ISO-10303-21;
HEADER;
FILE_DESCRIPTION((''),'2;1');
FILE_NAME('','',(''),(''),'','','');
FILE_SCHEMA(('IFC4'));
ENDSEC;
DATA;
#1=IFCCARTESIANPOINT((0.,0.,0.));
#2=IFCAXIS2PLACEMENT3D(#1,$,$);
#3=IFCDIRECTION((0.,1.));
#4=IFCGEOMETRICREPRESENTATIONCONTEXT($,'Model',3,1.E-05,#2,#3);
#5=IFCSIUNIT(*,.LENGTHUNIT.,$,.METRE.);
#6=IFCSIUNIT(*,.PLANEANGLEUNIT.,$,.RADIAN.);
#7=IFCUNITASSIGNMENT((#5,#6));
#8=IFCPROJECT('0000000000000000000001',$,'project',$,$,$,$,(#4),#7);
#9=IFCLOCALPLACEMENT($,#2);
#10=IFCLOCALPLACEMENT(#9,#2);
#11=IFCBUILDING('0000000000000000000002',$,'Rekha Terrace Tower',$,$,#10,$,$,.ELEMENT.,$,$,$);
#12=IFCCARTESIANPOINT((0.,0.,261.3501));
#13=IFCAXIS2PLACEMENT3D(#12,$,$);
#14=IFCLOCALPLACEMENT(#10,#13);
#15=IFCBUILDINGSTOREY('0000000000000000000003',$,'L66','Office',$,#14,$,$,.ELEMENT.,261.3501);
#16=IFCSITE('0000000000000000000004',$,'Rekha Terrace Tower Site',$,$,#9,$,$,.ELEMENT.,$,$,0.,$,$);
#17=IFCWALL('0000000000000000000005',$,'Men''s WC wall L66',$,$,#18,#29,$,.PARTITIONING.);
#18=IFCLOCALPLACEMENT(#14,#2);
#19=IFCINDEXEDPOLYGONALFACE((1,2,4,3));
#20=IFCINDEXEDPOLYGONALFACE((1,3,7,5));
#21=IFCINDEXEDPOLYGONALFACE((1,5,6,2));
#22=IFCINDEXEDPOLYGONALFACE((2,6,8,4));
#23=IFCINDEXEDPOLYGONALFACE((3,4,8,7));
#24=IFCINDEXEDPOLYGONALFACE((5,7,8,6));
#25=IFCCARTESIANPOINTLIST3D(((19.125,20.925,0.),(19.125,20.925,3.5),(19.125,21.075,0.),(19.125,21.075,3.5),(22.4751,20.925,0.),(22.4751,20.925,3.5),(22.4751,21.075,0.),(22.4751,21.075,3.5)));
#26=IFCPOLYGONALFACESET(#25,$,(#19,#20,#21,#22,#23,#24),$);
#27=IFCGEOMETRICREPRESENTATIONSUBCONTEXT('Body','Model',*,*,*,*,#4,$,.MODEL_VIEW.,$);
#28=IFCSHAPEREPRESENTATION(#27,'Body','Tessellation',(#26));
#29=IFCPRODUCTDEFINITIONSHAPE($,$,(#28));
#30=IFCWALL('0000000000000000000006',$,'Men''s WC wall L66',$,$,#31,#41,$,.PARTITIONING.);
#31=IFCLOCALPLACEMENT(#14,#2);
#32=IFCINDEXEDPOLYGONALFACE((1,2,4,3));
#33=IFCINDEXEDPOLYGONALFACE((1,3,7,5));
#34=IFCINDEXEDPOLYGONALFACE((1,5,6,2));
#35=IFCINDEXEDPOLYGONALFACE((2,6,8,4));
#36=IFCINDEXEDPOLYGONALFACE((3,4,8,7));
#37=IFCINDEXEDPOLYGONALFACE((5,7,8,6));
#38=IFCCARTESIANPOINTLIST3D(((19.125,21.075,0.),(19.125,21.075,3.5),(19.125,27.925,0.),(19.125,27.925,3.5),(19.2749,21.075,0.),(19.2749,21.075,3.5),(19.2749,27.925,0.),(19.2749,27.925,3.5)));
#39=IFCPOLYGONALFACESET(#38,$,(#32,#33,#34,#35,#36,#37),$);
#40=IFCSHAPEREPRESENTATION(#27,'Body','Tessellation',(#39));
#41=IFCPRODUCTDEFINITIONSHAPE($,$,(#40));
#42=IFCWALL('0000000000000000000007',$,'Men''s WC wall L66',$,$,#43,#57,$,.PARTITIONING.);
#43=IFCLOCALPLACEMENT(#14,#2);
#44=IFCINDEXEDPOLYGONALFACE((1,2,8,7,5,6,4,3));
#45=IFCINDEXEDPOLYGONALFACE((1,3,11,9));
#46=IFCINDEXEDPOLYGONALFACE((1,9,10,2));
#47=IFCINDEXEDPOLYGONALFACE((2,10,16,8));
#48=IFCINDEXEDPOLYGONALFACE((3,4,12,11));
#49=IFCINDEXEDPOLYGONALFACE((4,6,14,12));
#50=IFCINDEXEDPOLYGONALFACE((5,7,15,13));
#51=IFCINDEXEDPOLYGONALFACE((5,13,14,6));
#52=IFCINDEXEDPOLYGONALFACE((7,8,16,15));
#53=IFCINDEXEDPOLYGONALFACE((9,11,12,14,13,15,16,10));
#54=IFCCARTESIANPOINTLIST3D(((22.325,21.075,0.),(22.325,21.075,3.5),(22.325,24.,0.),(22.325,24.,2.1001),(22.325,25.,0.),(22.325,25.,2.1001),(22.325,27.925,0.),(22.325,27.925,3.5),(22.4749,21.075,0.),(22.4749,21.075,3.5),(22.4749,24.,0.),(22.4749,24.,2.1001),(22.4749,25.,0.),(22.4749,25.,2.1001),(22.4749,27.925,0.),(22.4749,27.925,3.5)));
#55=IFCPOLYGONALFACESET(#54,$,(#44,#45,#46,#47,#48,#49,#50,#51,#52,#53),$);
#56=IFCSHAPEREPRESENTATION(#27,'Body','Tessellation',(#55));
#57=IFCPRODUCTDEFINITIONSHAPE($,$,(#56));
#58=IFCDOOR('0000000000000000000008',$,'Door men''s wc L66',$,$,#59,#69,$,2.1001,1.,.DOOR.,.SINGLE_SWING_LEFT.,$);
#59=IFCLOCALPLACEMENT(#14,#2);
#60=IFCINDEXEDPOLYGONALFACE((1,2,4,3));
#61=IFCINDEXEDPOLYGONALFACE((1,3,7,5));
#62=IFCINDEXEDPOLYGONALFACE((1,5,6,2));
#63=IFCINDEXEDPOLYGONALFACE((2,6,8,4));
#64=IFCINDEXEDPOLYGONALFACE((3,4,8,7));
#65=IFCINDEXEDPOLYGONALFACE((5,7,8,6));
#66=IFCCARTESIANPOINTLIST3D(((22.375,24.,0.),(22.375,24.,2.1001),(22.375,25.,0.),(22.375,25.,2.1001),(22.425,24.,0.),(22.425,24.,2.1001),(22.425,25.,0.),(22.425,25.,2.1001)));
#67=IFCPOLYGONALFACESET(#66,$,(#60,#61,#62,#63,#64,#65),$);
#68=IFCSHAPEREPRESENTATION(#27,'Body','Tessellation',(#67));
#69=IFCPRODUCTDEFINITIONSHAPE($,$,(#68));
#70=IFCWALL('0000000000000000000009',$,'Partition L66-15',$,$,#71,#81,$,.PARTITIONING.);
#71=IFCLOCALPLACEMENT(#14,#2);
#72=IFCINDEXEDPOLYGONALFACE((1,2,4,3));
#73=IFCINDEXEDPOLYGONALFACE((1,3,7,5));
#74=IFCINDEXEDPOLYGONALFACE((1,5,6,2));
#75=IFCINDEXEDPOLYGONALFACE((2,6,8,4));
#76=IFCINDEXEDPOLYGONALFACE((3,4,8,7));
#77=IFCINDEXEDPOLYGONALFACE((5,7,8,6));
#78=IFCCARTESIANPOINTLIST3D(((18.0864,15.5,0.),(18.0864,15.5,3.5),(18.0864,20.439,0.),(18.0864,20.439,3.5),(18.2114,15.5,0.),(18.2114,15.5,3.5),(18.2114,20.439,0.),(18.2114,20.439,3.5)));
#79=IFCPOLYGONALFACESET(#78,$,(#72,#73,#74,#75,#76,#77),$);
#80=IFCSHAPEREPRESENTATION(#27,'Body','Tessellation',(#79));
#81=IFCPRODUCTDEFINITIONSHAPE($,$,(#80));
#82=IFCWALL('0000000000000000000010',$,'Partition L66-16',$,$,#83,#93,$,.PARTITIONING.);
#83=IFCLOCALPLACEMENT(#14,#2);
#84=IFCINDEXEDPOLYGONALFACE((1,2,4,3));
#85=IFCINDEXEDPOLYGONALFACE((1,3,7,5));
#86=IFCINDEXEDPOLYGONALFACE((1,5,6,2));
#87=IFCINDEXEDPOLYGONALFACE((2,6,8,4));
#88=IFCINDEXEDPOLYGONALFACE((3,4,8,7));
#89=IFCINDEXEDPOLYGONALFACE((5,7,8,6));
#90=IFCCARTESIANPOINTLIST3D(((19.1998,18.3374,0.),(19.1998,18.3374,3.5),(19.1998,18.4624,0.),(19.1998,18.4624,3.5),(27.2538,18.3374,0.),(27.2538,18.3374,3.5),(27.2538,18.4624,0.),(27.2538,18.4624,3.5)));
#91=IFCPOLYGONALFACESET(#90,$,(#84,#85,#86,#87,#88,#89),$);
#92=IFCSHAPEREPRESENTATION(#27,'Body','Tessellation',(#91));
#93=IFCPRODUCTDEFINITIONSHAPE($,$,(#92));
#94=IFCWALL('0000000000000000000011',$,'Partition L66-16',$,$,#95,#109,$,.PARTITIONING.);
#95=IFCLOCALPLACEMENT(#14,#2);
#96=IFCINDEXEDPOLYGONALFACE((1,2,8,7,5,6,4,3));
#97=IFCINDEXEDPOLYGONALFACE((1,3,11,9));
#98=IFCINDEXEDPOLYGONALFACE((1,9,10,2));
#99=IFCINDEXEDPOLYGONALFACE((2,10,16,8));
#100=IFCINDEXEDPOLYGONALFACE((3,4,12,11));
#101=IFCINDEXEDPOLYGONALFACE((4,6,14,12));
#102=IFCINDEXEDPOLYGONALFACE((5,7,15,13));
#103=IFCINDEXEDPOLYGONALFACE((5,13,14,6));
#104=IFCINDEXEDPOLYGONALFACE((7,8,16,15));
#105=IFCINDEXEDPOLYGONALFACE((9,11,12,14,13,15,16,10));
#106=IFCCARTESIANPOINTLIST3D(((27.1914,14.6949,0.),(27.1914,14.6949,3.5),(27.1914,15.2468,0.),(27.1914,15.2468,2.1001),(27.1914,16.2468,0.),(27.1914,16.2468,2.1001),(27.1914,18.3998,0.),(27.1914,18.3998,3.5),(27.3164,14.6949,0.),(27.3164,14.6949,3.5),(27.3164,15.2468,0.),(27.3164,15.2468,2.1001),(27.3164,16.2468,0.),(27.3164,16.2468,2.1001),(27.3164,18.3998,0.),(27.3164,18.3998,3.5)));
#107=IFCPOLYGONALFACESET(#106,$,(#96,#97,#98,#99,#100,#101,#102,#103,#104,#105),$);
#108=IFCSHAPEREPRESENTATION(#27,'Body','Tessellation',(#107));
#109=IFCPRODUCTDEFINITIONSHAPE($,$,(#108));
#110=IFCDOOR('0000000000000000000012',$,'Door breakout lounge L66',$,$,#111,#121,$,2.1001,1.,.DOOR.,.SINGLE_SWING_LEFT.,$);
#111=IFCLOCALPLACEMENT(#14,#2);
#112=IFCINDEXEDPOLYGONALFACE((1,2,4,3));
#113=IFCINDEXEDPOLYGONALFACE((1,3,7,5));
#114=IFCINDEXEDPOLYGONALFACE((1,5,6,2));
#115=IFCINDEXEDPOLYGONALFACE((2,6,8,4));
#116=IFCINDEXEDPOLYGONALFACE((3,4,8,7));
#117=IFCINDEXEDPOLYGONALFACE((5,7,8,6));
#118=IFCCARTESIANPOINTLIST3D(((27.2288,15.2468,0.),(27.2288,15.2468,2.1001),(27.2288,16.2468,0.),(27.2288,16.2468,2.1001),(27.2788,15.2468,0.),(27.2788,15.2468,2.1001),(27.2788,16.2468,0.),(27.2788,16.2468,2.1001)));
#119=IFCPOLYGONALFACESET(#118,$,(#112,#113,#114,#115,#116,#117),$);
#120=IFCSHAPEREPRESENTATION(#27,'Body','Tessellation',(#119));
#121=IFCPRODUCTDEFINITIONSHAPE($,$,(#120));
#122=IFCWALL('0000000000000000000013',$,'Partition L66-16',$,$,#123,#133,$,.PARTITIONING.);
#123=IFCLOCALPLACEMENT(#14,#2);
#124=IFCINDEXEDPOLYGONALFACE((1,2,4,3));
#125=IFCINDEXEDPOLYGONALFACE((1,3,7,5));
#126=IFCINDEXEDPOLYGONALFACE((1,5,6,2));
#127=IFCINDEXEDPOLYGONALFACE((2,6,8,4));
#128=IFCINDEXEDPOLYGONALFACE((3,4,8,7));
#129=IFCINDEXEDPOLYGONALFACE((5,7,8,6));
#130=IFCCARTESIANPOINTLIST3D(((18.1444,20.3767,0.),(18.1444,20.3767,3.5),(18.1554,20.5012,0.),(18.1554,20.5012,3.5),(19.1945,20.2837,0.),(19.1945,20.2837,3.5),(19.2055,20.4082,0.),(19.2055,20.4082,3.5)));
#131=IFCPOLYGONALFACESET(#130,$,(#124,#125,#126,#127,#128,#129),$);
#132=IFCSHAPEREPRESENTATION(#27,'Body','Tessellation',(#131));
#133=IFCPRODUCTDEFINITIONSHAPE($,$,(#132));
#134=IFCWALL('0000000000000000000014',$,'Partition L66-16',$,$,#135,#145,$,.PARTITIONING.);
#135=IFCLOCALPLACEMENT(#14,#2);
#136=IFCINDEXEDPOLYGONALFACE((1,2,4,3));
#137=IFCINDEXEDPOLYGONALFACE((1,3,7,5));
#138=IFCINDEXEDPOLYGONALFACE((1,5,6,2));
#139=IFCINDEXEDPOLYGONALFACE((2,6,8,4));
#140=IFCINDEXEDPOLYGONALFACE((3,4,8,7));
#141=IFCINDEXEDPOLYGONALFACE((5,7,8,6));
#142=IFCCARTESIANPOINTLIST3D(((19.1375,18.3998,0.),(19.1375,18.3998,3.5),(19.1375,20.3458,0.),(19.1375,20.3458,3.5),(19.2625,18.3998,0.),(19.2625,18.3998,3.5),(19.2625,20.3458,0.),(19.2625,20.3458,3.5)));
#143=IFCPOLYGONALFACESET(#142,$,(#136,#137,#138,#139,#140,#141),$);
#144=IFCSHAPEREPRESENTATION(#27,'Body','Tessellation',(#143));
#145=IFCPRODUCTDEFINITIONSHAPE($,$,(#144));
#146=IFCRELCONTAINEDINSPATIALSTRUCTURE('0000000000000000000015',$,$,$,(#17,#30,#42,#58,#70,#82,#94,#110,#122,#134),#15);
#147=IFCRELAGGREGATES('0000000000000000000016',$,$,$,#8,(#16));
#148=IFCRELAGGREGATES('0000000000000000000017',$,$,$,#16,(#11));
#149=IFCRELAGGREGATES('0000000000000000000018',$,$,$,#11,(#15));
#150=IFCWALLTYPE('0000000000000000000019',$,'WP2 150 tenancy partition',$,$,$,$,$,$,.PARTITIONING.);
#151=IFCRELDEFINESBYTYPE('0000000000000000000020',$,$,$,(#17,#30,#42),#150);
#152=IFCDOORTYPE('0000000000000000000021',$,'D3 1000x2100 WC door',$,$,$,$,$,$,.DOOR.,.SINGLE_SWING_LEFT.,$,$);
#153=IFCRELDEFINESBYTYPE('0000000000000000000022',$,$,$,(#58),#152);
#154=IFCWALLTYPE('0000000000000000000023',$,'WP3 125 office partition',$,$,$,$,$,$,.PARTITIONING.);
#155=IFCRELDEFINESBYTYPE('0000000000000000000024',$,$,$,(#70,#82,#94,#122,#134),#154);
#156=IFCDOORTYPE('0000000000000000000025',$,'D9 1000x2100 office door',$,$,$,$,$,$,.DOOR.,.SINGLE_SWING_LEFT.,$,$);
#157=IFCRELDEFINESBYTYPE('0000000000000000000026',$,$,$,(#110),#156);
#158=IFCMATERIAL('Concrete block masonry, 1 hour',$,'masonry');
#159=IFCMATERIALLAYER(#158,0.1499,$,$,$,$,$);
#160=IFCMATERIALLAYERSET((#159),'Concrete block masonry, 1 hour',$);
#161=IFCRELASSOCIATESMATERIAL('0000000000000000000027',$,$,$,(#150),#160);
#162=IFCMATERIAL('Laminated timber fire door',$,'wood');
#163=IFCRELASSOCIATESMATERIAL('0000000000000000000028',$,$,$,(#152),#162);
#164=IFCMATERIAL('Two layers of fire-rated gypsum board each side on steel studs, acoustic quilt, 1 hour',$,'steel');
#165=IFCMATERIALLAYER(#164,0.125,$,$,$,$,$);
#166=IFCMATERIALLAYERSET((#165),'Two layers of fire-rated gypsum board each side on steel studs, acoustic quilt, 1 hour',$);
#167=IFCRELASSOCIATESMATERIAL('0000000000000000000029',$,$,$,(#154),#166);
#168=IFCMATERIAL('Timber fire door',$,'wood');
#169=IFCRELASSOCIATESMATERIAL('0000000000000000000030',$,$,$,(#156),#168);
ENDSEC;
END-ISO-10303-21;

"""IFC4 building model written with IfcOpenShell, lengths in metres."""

from ifc_helpers import new_model, si_unit, direction, frame, frame_2d, origin, place, context, subcontext, project, spatial, rectangle, extrude, material, layer, layer_set, type_object, element, fill, save


model = new_model("IFC4")

# Units and contexts
model_context = context("Model", 3, precision=1e-05, world=origin(), true_north=direction((0.0, 1.0)))
body_context = subcontext(model_context, "Body", "Model", "MODEL_VIEW")
ifc_project = project(units=[si_unit("LENGTHUNIT", "METRE"), si_unit("PLANEANGLEUNIT", "RADIAN")], contexts=[model_context])

# Site, building, storey
site_placement = place(None, origin())
site = spatial("IfcSite", under=ifc_project, at=site_placement, Name="Rekha Terrace Tower Site", CompositionType="ELEMENT", RefElevation=0.0)
building_placement = place(site_placement, origin())
building = spatial("IfcBuilding", under=site, at=building_placement, Name="Rekha Terrace Tower", CompositionType="ELEMENT")
storey_placement = place(building_placement, frame((0.0, 0.0, 261.3501)))
storey = spatial("IfcBuildingStorey", under=building, at=storey_placement, Name="L66", Description="Office", CompositionType="ELEMENT", Elevation=261.3501)

# Walls
ifc_material_1 = material(Name="Concrete block masonry, 1 hour", Category="masonry")
ifc_layer_1 = layer(ifc_material_1, 0.1499)
ifc_layer_set_1 = layer_set([ifc_layer_1], Name="Concrete block masonry, 1 hour")
wall_type_1 = type_object("IfcWallType", Name="WP2 150 tenancy partition", PredefinedType="PARTITIONING", material=ifc_layer_set_1)
wall_1_placement = place(storey_placement, frame((19.125, 21.0, 0.0), z_axis=(0.0, 0.0, 1.0), x_axis=(1.0, 0.0, 0.0)))
element("IfcWall", 1, at=wall_1_placement, inside=storey, type_object=wall_type_1, Name="Men's WC wall L66", PredefinedType="PARTITIONING", context=body_context, shape_type="SweptSolid", body=[
    extrude(rectangle(XDim=3.3501, YDim=0.1499, at=frame_2d((1.675, 0.0))), origin(), (0.0, 0.0, 1.0), 3.5),
])
wall_2_placement = place(storey_placement, frame((19.2, 21.075, 0.0), z_axis=(0.0, 0.0, 1.0), x_axis=(0.0, 1.0, 0.0)))
element("IfcWall", 2, at=wall_2_placement, inside=storey, type_object=wall_type_1, Name="Men's WC wall L66", PredefinedType="PARTITIONING", context=body_context, shape_type="SweptSolid", body=[
    extrude(rectangle(XDim=6.8501, YDim=0.1499, at=frame_2d((3.425, 0.0))), origin(), (0.0, 0.0, 1.0), 3.5),
])

# Wall, opening, door
wall_3_placement = place(storey_placement, frame((22.3999, 21.075, 0.0), z_axis=(0.0, 0.0, 1.0), x_axis=(0.0, 1.0, 0.0)))
wall_3 = element("IfcWall", 3, at=wall_3_placement, inside=storey, type_object=wall_type_1, Name="Men's WC wall L66", PredefinedType="PARTITIONING", context=body_context, shape_type="SweptSolid", body=[
    extrude(rectangle(XDim=6.8501, YDim=0.1499, at=frame_2d((3.425, 0.0))), origin(), (0.0, 0.0, 1.0), 3.5),
])
opening_1_placement = place(wall_3_placement, frame((2.925, 0.0, 0.0)))
opening_1 = element("IfcOpeningElement", 4, at=opening_1_placement, cuts=wall_3, PredefinedType="OPENING", context=body_context, shape_type="SweptSolid", body=[
    extrude(rectangle(XDim=1.0, YDim=2.1001, at=frame_2d((0.5, 1.05))), frame((0.0, 0.085, 0.0), z_axis=(0.0, -1.0, 0.0), x_axis=(1.0, 0.0, 0.0)), (0.0, 0.0, 1.0), 0.1699),
])
ifc_material_2 = material(Name="Laminated timber fire door", Category="wood")
door_type_1 = type_object("IfcDoorType", Name="D3 1000x2100 WC door", OperationType="SINGLE_SWING_LEFT", PredefinedType="DOOR", material=ifc_material_2)
door_1_placement = place(opening_1_placement, origin())
door_1 = element("IfcDoor", 5, at=door_1_placement, inside=storey, type_object=door_type_1, Name="Door men's wc L66", OperationType="SINGLE_SWING_LEFT", OverallHeight=2.1001, OverallWidth=1.0, PredefinedType="DOOR", context=body_context, shape_type="SweptSolid", body=[
    extrude(rectangle(XDim=1.0, YDim=2.1001, at=frame_2d((0.5, 1.05))), frame((0.0, 0.0249, 0.0), z_axis=(0.0, -1.0, 0.0), x_axis=(1.0, 0.0, 0.0)), (0.0, 0.0, 1.0), 0.05),
])
fill(opening_1, door_1)

# Walls
ifc_material_3 = material(Name="Two layers of fire-rated gypsum board each side on steel studs, acoustic quilt, 1 hour", Category="steel")
ifc_layer_2 = layer(ifc_material_3, 0.125)
ifc_layer_set_2 = layer_set([ifc_layer_2], Name="Two layers of fire-rated gypsum board each side on steel studs, acoustic quilt, 1 hour")
wall_type_2 = type_object("IfcWallType", Name="WP3 125 office partition", PredefinedType="PARTITIONING", material=ifc_layer_set_2)
wall_4_placement = place(storey_placement, frame((18.1489, 20.439, 0.0), z_axis=(0.0, 0.0, 1.0), x_axis=(0.0, -1.0, 0.0)))
element("IfcWall", 6, at=wall_4_placement, inside=storey, type_object=wall_type_2, Name="Partition L66-15", PredefinedType="PARTITIONING", context=body_context, shape_type="SweptSolid", body=[
    extrude(rectangle(XDim=4.939, YDim=0.125, at=frame_2d((2.4695, 0.0))), origin(), (0.0, 0.0, 1.0), 3.5),
])
wall_5_placement = place(storey_placement, frame((19.2, 18.3999, 0.0), z_axis=(0.0, 0.0, 1.0), x_axis=(1.0, 0.0, 0.0)))
element("IfcWall", 7, at=wall_5_placement, inside=storey, type_object=wall_type_2, Name="Partition L66-16", PredefinedType="PARTITIONING", context=body_context, shape_type="SweptSolid", body=[
    extrude(rectangle(XDim=8.054, YDim=0.125, at=frame_2d((4.0269, 0.0))), origin(), (0.0, 0.0, 1.0), 3.5),
])

# Wall, opening, door
wall_6_placement = place(storey_placement, frame((27.2539, 18.3999, 0.0), z_axis=(0.0, 0.0, 1.0), x_axis=(0.0, -1.0, 0.0)))
wall_6 = element("IfcWall", 8, at=wall_6_placement, inside=storey, type_object=wall_type_2, Name="Partition L66-16", PredefinedType="PARTITIONING", context=body_context, shape_type="SweptSolid", body=[
    extrude(rectangle(XDim=3.7048, YDim=0.125, at=frame_2d((1.8525, 0.0))), origin(), (0.0, 0.0, 1.0), 3.5),
])
opening_2_placement = place(wall_6_placement, frame((2.1531, 0.0, 0.0)))
opening_2 = element("IfcOpeningElement", 9, at=opening_2_placement, cuts=wall_6, PredefinedType="OPENING", context=body_context, shape_type="SweptSolid", body=[
    extrude(rectangle(XDim=1.0, YDim=2.1001, at=frame_2d((0.5, 1.05))), frame((0.0, 0.0725, 0.0), z_axis=(0.0, -1.0, 0.0), x_axis=(1.0, 0.0, 0.0)), (0.0, 0.0, 1.0), 0.145),
])
ifc_material_4 = material(Name="Timber fire door", Category="wood")
door_type_2 = type_object("IfcDoorType", Name="D9 1000x2100 office door", OperationType="SINGLE_SWING_LEFT", PredefinedType="DOOR", material=ifc_material_4)
door_2_placement = place(opening_2_placement, origin())
door_2 = element("IfcDoor", 10, at=door_2_placement, inside=storey, type_object=door_type_2, Name="Door breakout lounge L66", OperationType="SINGLE_SWING_LEFT", OverallHeight=2.1001, OverallWidth=1.0, PredefinedType="DOOR", context=body_context, shape_type="SweptSolid", body=[
    extrude(rectangle(XDim=1.0, YDim=2.1001, at=frame_2d((0.5, 1.05))), frame((0.0, 0.0249, 0.0), z_axis=(0.0, -1.0, 0.0), x_axis=(1.0, 0.0, 0.0)), (0.0, 0.0, 1.0), 0.05),
])
fill(opening_2, door_2)

# Walls
wall_7_placement = place(storey_placement, frame((18.1499, 20.439, 0.0), z_axis=(0.0, 0.0, 1.0), x_axis=(0.996099, -0.088239, 0.0)))
element("IfcWall", 11, at=wall_7_placement, inside=storey, type_object=wall_type_2, Name="Partition L66-16", PredefinedType="PARTITIONING", context=body_context, shape_type="SweptSolid", body=[
    extrude(rectangle(XDim=1.0542, YDim=0.125, at=frame_2d((0.5271, 0.0))), origin(), (0.0, 0.0, 1.0), 3.5),
])
wall_8_placement = place(storey_placement, frame((19.2, 20.3459, 0.0), z_axis=(0.0, 0.0, 1.0), x_axis=(0.0, -1.0, 0.0)))
element("IfcWall", 12, at=wall_8_placement, inside=storey, type_object=wall_type_2, Name="Partition L66-16", PredefinedType="PARTITIONING", context=body_context, shape_type="SweptSolid", body=[
    extrude(rectangle(XDim=1.946, YDim=0.125, at=frame_2d((0.9731, 0.0))), origin(), (0.0, 0.0, 1.0), 3.5),
])

save(model, "model.ifc")
